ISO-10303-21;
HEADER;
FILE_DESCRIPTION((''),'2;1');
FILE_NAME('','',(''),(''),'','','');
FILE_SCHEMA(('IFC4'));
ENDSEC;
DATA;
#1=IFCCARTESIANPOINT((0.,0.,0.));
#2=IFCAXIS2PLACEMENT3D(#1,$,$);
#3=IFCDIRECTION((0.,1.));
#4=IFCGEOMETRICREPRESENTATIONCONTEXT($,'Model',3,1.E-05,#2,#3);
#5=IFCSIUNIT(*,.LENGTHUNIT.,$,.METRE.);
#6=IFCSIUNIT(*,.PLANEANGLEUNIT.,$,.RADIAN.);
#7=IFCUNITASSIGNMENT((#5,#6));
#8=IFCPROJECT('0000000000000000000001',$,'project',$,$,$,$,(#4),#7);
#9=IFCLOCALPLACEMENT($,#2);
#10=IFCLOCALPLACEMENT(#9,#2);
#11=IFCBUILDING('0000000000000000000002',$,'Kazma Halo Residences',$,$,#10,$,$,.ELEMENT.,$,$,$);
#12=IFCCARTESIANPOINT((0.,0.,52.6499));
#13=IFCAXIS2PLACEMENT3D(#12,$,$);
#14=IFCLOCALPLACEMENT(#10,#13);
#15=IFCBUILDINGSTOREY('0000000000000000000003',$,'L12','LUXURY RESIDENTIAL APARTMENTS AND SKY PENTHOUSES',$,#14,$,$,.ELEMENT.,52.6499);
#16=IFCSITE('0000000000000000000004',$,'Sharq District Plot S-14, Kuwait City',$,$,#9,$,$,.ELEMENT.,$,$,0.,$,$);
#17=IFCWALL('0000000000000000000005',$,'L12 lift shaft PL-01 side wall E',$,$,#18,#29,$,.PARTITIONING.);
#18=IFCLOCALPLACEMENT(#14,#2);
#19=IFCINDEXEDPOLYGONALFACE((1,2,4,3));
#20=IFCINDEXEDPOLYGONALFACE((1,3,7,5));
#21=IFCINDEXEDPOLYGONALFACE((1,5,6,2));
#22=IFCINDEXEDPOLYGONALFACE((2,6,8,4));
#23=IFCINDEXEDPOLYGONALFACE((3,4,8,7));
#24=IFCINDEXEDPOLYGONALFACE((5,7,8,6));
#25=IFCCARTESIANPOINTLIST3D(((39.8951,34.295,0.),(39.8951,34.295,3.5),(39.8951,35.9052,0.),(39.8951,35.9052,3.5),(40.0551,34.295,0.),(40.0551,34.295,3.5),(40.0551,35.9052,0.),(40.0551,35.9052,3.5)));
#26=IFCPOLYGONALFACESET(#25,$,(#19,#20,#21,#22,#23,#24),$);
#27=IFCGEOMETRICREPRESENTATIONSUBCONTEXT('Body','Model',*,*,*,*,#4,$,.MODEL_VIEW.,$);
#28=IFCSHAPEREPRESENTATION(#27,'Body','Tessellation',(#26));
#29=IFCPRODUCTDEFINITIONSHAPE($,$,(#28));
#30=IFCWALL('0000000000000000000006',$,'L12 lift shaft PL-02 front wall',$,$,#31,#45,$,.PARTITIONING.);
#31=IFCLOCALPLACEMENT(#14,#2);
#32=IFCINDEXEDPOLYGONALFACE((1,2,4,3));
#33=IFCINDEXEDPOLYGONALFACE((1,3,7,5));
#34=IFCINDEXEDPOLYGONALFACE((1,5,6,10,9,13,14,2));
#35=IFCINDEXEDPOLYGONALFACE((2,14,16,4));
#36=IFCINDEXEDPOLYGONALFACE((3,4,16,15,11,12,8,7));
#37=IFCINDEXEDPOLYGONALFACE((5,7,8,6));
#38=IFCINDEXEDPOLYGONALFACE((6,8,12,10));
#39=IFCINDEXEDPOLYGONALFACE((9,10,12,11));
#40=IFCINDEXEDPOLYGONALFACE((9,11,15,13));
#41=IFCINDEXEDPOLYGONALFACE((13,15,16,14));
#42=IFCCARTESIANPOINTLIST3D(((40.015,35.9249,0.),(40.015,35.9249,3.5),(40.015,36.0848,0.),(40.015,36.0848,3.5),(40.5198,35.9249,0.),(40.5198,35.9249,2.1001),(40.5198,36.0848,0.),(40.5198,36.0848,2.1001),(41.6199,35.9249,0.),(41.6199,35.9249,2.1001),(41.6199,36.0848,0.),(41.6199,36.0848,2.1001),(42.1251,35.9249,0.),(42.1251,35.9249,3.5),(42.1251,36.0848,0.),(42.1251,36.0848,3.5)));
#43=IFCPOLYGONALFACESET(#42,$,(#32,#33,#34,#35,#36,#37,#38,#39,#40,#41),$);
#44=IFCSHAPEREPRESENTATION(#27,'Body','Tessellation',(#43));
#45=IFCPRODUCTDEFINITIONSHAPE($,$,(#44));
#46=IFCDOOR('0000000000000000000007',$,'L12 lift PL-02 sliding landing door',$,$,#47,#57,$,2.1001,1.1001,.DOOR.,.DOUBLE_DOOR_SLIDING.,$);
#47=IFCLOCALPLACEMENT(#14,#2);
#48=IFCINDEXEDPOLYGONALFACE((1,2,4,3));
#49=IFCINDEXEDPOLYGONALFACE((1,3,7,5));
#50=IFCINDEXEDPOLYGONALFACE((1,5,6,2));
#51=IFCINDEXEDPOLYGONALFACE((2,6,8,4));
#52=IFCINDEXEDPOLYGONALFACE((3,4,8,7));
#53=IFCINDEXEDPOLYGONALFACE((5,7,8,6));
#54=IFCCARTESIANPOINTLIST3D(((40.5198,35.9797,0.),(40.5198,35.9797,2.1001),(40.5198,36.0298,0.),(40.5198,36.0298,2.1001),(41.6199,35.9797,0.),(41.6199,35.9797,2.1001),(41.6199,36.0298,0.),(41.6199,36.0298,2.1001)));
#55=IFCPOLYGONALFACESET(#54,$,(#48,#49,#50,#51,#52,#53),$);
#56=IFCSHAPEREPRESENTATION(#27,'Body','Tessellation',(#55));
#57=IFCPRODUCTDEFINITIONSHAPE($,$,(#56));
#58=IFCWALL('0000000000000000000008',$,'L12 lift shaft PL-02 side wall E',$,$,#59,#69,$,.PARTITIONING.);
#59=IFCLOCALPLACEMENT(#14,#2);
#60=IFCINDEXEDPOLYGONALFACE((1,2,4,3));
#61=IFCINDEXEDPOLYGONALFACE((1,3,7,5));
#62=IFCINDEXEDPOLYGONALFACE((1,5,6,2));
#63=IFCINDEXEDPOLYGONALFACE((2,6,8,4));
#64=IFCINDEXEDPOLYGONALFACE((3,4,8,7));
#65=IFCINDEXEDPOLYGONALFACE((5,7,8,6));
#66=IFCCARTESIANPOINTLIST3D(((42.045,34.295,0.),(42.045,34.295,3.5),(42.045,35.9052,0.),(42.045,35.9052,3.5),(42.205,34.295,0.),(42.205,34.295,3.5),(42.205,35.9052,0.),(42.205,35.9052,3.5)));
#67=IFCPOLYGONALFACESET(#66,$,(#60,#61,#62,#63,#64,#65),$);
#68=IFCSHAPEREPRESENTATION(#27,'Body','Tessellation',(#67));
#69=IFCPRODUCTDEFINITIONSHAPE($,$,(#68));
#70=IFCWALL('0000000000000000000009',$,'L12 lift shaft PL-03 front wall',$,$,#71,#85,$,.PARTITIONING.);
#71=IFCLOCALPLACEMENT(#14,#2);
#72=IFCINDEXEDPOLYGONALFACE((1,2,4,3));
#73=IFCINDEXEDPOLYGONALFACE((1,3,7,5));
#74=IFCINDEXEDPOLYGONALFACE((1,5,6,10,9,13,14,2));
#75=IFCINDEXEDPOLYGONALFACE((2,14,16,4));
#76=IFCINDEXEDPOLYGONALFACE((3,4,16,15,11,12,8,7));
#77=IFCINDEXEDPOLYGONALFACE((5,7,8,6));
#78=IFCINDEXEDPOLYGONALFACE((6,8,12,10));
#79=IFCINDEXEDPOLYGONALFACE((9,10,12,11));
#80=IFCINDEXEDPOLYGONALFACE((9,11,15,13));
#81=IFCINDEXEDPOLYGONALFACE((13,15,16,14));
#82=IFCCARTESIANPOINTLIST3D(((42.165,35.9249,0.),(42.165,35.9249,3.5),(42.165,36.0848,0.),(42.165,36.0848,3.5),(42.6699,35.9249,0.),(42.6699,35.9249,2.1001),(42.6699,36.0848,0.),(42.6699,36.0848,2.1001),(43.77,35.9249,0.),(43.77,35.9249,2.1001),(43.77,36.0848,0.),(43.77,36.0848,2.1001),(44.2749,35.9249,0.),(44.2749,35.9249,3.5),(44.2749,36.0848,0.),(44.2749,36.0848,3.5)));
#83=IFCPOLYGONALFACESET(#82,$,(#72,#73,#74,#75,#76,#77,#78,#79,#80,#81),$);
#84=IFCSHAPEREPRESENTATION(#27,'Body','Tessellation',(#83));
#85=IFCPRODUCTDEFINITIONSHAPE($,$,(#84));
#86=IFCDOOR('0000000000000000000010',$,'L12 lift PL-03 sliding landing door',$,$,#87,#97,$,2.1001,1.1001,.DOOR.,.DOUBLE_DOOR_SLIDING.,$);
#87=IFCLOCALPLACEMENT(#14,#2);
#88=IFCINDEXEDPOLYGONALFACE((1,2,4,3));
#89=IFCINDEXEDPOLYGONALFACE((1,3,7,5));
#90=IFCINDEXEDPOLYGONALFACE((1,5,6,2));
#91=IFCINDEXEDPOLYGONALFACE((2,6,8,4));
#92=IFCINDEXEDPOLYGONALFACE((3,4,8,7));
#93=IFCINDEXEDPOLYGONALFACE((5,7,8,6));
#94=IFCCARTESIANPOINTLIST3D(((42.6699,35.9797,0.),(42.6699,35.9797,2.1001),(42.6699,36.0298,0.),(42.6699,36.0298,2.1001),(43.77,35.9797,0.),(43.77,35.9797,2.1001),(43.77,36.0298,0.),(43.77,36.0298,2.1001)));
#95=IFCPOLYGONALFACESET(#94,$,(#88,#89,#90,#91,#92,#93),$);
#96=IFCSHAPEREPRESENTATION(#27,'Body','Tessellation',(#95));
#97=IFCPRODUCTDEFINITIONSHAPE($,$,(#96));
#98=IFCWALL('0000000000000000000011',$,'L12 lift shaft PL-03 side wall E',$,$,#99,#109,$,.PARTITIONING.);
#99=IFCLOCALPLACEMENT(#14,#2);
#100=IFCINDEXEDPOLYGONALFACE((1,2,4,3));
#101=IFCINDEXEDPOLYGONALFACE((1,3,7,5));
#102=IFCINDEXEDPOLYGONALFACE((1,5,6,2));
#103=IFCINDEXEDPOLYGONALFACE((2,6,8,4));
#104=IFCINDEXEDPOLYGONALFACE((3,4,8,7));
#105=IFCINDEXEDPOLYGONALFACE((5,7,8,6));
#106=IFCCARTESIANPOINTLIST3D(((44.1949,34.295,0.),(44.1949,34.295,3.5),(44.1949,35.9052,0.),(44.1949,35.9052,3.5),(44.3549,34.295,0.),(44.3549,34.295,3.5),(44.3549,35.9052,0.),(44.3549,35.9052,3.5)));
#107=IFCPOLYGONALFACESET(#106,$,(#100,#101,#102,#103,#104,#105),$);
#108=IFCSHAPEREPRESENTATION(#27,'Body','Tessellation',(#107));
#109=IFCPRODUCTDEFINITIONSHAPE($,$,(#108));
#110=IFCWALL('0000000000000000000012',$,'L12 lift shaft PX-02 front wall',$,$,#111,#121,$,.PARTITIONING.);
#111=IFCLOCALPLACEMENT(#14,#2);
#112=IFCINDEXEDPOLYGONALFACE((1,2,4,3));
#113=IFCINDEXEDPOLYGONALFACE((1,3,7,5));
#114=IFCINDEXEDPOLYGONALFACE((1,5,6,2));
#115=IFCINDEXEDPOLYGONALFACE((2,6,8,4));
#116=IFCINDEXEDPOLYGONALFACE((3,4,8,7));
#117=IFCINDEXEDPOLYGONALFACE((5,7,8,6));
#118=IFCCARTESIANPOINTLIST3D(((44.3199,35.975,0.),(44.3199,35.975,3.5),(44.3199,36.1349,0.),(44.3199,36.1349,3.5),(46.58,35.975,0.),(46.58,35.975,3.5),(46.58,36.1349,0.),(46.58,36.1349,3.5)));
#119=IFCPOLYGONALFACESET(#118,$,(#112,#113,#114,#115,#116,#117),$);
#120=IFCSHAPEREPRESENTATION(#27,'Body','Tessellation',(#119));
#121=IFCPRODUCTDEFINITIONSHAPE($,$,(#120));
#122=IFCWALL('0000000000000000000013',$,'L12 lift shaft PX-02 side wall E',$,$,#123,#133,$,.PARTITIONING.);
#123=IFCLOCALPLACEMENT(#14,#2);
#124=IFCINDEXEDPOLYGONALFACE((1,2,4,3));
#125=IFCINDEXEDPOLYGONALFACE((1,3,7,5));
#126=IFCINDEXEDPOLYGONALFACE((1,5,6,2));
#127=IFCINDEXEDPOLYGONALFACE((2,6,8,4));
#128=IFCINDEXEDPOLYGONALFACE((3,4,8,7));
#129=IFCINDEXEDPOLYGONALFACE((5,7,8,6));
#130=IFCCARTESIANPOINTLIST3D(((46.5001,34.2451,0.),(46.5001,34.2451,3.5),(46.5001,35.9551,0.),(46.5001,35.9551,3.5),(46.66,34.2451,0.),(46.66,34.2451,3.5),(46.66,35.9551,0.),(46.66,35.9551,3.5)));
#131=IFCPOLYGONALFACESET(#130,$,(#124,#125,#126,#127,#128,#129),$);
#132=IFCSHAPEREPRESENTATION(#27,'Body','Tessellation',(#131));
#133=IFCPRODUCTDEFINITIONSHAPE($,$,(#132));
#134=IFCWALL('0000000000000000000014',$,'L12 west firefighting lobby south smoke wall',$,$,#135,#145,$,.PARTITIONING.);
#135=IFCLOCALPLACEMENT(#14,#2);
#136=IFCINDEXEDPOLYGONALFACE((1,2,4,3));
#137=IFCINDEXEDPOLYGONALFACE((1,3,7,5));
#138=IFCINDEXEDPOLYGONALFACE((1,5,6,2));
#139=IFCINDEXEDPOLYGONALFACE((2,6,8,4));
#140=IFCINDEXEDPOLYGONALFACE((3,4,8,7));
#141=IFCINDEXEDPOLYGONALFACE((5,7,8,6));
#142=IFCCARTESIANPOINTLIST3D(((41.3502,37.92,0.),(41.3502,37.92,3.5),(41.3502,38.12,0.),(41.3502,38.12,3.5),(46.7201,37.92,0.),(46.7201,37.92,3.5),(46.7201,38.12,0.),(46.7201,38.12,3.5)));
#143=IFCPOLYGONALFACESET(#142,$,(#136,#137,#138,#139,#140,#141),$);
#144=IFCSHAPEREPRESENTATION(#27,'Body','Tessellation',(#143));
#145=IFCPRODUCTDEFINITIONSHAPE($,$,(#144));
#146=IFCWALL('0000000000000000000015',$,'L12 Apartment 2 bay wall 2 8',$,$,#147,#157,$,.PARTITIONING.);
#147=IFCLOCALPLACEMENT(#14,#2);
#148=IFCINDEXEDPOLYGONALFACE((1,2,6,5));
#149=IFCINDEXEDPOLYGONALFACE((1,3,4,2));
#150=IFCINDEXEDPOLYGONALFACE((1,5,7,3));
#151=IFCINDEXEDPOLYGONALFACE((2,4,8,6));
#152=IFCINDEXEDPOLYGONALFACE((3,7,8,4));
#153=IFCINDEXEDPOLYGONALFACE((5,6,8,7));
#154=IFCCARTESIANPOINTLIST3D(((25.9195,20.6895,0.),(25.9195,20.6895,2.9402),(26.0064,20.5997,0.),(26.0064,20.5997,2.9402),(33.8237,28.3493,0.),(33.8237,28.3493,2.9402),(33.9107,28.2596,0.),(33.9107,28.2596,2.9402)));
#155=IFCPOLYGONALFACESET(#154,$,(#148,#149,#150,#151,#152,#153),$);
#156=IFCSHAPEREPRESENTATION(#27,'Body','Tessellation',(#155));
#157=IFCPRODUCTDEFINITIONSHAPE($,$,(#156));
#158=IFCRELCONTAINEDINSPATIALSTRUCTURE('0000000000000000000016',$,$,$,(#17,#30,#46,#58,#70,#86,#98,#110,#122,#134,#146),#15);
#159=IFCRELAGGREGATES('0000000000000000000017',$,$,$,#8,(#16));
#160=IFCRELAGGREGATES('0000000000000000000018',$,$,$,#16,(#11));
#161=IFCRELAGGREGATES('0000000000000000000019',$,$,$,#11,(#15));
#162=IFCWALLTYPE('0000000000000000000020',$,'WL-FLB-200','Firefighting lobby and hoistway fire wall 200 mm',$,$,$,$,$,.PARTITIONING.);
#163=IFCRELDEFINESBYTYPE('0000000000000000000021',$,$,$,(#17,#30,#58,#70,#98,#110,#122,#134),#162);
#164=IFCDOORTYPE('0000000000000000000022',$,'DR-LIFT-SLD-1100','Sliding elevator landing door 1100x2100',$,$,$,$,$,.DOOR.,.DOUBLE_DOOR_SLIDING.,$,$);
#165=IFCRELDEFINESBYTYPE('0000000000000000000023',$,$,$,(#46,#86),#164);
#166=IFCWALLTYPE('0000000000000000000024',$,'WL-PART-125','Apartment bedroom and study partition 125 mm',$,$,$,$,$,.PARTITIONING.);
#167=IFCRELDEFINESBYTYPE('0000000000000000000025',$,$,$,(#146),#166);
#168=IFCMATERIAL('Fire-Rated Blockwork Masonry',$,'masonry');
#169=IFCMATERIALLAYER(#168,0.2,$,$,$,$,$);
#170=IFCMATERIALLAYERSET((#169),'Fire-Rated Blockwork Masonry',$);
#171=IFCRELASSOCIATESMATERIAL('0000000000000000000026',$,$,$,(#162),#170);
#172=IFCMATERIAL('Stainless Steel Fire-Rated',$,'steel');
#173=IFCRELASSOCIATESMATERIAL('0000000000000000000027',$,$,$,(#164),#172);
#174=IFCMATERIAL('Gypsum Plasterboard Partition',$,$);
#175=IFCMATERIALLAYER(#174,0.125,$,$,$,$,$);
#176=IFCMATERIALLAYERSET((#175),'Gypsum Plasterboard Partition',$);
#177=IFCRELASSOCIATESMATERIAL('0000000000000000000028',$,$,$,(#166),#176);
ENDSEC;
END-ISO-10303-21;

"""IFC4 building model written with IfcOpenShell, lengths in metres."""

from ifc_helpers import new_model, si_unit, direction, frame, frame_2d, origin, place, context, subcontext, project, spatial, rectangle, extrude, material, layer, layer_set, type_object, element, fill, save


model = new_model("IFC4")

# Units and contexts
model_context = context("Model", 3, precision=1e-05, world=origin(), true_north=direction((0.0, 1.0)))
body_context = subcontext(model_context, "Body", "Model", "MODEL_VIEW")
ifc_project = project(units=[si_unit("LENGTHUNIT", "METRE"), si_unit("PLANEANGLEUNIT", "RADIAN")], contexts=[model_context])

# Site, building, storey
site_placement = place(None, origin())
site = spatial("IfcSite", under=ifc_project, at=site_placement, Name="Sharq District Plot S-14, Kuwait City", CompositionType="ELEMENT", RefElevation=0.0)
building_placement = place(site_placement, origin())
building = spatial("IfcBuilding", under=site, at=building_placement, Name="Kazma Halo Residences", CompositionType="ELEMENT")
storey_placement = place(building_placement, frame((0.0, 0.0, 52.6499)))
storey = spatial("IfcBuildingStorey", under=building, at=storey_placement, Name="L12", Description="LUXURY RESIDENTIAL APARTMENTS AND SKY PENTHOUSES", CompositionType="ELEMENT", Elevation=52.6499)

# Shared definitions
ifc_material_1 = material(Name="Fire-Rated Blockwork Masonry", Category="masonry")
ifc_layer_1 = layer(ifc_material_1, 0.2)
ifc_layer_set_1 = layer_set([ifc_layer_1], Name="Fire-Rated Blockwork Masonry")
wall_type_1 = type_object("IfcWallType", Name="WL-FLB-200", Description="Firefighting lobby and hoistway fire wall 200 mm", PredefinedType="PARTITIONING", material=ifc_layer_set_1)
ifc_material_2 = material(Name="Stainless Steel Fire-Rated", Category="steel")
door_type_1 = type_object("IfcDoorType", Name="DR-LIFT-SLD-1100", Description="Sliding elevator landing door 1100x2100", OperationType="DOUBLE_DOOR_SLIDING", PredefinedType="DOOR", material=ifc_material_2)

# Wall
wall_1_placement = place(storey_placement, frame((39.9751, 34.2949, 0.0), z_axis=(0.0, 0.0, 1.0), x_axis=(0.0, 1.0, 0.0)))
element("IfcWall", 1, at=wall_1_placement, inside=storey, type_object=wall_type_1, Name="L12 lift shaft PL-01 side wall E", PredefinedType="PARTITIONING", context=body_context, shape_type="SweptSolid", body=[
    extrude(rectangle(XDim=1.6101, YDim=0.1599, at=frame_2d((0.8052, 0.0))), origin(), (0.0, 0.0, 1.0), 3.5),
])

# Wall, opening, door
wall_2_placement = place(storey_placement, frame((40.0149, 36.0049, 0.0), z_axis=(0.0, 0.0, 1.0), x_axis=(1.0, 0.0, 0.0)))
wall_2 = element("IfcWall", 2, at=wall_2_placement, inside=storey, type_object=wall_type_1, Name="L12 lift shaft PL-02 front wall", PredefinedType="PARTITIONING", context=body_context, shape_type="SweptSolid", body=[
    extrude(rectangle(XDim=2.1101, YDim=0.1599, at=frame_2d((1.0552, 0.0))), origin(), (0.0, 0.0, 1.0), 3.5),
])
opening_1_placement = place(wall_2_placement, frame((0.5049, 0.0, 0.0)))
opening_1 = element("IfcOpeningElement", 3, at=opening_1_placement, cuts=wall_2, PredefinedType="OPENING", context=body_context, shape_type="SweptSolid", body=[
    extrude(rectangle(XDim=1.1001, YDim=2.1001, at=frame_2d((0.55, 1.05))), frame((0.0, 0.0898, 0.0), z_axis=(0.0, -1.0, 0.0), x_axis=(1.0, 0.0, 0.0)), (0.0, 0.0, 1.0), 0.1799),
])
door_1_placement = place(opening_1_placement, origin())
door_1 = element("IfcDoor", 4, at=door_1_placement, inside=storey, type_object=door_type_1, Name="L12 lift PL-02 sliding landing door", OperationType="DOUBLE_DOOR_SLIDING", OverallHeight=2.1001, OverallWidth=1.1001, PredefinedType="DOOR", context=body_context, shape_type="SweptSolid", body=[
    extrude(rectangle(XDim=1.1001, YDim=2.1001, at=frame_2d((0.55, 1.05))), frame((0.0, 0.0249, 0.0), z_axis=(0.0, -1.0, 0.0), x_axis=(1.0, 0.0, 0.0)), (0.0, 0.0, 1.0), 0.05),
])
fill(opening_1, door_1)

# Wall
wall_3_placement = place(storey_placement, frame((42.125, 34.2949, 0.0), z_axis=(0.0, 0.0, 1.0), x_axis=(0.0, 1.0, 0.0)))
element("IfcWall", 5, at=wall_3_placement, inside=storey, type_object=wall_type_1, Name="L12 lift shaft PL-02 side wall E", PredefinedType="PARTITIONING", context=body_context, shape_type="SweptSolid", body=[
    extrude(rectangle(XDim=1.6101, YDim=0.1599, at=frame_2d((0.8052, 0.0))), origin(), (0.0, 0.0, 1.0), 3.5),
])

# Wall, opening, door
wall_4_placement = place(storey_placement, frame((42.165, 36.0049, 0.0), z_axis=(0.0, 0.0, 1.0), x_axis=(1.0, 0.0, 0.0)))
wall_4 = element("IfcWall", 6, at=wall_4_placement, inside=storey, type_object=wall_type_1, Name="L12 lift shaft PL-03 front wall", PredefinedType="PARTITIONING", context=body_context, shape_type="SweptSolid", body=[
    extrude(rectangle(XDim=2.1099, YDim=0.1599, at=frame_2d((1.0549, 0.0))), origin(), (0.0, 0.0, 1.0), 3.5),
])
opening_2_placement = place(wall_4_placement, frame((0.5049, 0.0, 0.0)))
opening_2 = element("IfcOpeningElement", 7, at=opening_2_placement, cuts=wall_4, PredefinedType="OPENING", context=body_context, shape_type="SweptSolid", body=[
    extrude(rectangle(XDim=1.1001, YDim=2.1001, at=frame_2d((0.55, 1.05))), frame((0.0, 0.0898, 0.0), z_axis=(0.0, -1.0, 0.0), x_axis=(1.0, 0.0, 0.0)), (0.0, 0.0, 1.0), 0.1799),
])
door_2_placement = place(opening_2_placement, origin())
door_2 = element("IfcDoor", 8, at=door_2_placement, inside=storey, type_object=door_type_1, Name="L12 lift PL-03 sliding landing door", OperationType="DOUBLE_DOOR_SLIDING", OverallHeight=2.1001, OverallWidth=1.1001, PredefinedType="DOOR", context=body_context, shape_type="SweptSolid", body=[
    extrude(rectangle(XDim=1.1001, YDim=2.1001, at=frame_2d((0.55, 1.05))), frame((0.0, 0.0249, 0.0), z_axis=(0.0, -1.0, 0.0), x_axis=(1.0, 0.0, 0.0)), (0.0, 0.0, 1.0), 0.05),
])
fill(opening_2, door_2)

# Walls
wall_5_placement = place(storey_placement, frame((44.2749, 34.2949, 0.0), z_axis=(0.0, 0.0, 1.0), x_axis=(0.0, 1.0, 0.0)))
element("IfcWall", 9, at=wall_5_placement, inside=storey, type_object=wall_type_1, Name="L12 lift shaft PL-03 side wall E", PredefinedType="PARTITIONING", context=body_context, shape_type="SweptSolid", body=[
    extrude(rectangle(XDim=1.6101, YDim=0.1599, at=frame_2d((0.8052, 0.0))), origin(), (0.0, 0.0, 1.0), 3.5),
])
wall_6_placement = place(storey_placement, frame((44.3201, 36.0549, 0.0), z_axis=(0.0, 0.0, 1.0), x_axis=(1.0, 0.0, 0.0)))
element("IfcWall", 10, at=wall_6_placement, inside=storey, type_object=wall_type_1, Name="L12 lift shaft PX-02 front wall", PredefinedType="PARTITIONING", context=body_context, shape_type="SweptSolid", body=[
    extrude(rectangle(XDim=2.26, YDim=0.1599, at=frame_2d((1.1299, 0.0))), origin(), (0.0, 0.0, 1.0), 3.5),
])
wall_7_placement = place(storey_placement, frame((46.5801, 34.2451, 0.0), z_axis=(0.0, 0.0, 1.0), x_axis=(0.0, 1.0, 0.0)))
element("IfcWall", 11, at=wall_7_placement, inside=storey, type_object=wall_type_1, Name="L12 lift shaft PX-02 side wall E", PredefinedType="PARTITIONING", context=body_context, shape_type="SweptSolid", body=[
    extrude(rectangle(XDim=1.71, YDim=0.1599, at=frame_2d((0.855, 0.0))), origin(), (0.0, 0.0, 1.0), 3.5),
])
wall_8_placement = place(storey_placement, frame((41.3501, 38.02, 0.0), z_axis=(0.0, 0.0, 1.0), x_axis=(1.0, 0.0, 0.0)))
element("IfcWall", 12, at=wall_8_placement, inside=storey, type_object=wall_type_1, Name="L12 west firefighting lobby south smoke wall", PredefinedType="PARTITIONING", context=body_context, shape_type="SweptSolid", body=[
    extrude(rectangle(XDim=5.3699, YDim=0.2, at=frame_2d((2.6851, 0.0))), origin(), (0.0, 0.0, 1.0), 3.5),
])
ifc_material_3 = material(Name="Gypsum Plasterboard Partition")
ifc_layer_2 = layer(ifc_material_3, 0.125)
ifc_layer_set_2 = layer_set([ifc_layer_2], Name="Gypsum Plasterboard Partition")
wall_type_2 = type_object("IfcWallType", Name="WL-PART-125", Description="Apartment bedroom and study partition 125 mm", PredefinedType="PARTITIONING", material=ifc_layer_set_2)
wall_9_placement = place(storey_placement, frame((33.8672, 28.3044, 0.0), z_axis=(0.0, 0.0, 1.0), x_axis=(-0.718121, -0.695918, 0.0)))
element("IfcWall", 13, at=wall_9_placement, inside=storey, type_object=wall_type_2, Name="L12 Apartment 2 bay wall 2 8", PredefinedType="PARTITIONING", context=body_context, shape_type="SweptSolid", body=[
    extrude(rectangle(XDim=11.0068, YDim=0.125, at=frame_2d((5.5034, 0.0))), origin(), (0.0, 0.0, 1.0), 2.9402),
])

save(model, "model.ifc")
